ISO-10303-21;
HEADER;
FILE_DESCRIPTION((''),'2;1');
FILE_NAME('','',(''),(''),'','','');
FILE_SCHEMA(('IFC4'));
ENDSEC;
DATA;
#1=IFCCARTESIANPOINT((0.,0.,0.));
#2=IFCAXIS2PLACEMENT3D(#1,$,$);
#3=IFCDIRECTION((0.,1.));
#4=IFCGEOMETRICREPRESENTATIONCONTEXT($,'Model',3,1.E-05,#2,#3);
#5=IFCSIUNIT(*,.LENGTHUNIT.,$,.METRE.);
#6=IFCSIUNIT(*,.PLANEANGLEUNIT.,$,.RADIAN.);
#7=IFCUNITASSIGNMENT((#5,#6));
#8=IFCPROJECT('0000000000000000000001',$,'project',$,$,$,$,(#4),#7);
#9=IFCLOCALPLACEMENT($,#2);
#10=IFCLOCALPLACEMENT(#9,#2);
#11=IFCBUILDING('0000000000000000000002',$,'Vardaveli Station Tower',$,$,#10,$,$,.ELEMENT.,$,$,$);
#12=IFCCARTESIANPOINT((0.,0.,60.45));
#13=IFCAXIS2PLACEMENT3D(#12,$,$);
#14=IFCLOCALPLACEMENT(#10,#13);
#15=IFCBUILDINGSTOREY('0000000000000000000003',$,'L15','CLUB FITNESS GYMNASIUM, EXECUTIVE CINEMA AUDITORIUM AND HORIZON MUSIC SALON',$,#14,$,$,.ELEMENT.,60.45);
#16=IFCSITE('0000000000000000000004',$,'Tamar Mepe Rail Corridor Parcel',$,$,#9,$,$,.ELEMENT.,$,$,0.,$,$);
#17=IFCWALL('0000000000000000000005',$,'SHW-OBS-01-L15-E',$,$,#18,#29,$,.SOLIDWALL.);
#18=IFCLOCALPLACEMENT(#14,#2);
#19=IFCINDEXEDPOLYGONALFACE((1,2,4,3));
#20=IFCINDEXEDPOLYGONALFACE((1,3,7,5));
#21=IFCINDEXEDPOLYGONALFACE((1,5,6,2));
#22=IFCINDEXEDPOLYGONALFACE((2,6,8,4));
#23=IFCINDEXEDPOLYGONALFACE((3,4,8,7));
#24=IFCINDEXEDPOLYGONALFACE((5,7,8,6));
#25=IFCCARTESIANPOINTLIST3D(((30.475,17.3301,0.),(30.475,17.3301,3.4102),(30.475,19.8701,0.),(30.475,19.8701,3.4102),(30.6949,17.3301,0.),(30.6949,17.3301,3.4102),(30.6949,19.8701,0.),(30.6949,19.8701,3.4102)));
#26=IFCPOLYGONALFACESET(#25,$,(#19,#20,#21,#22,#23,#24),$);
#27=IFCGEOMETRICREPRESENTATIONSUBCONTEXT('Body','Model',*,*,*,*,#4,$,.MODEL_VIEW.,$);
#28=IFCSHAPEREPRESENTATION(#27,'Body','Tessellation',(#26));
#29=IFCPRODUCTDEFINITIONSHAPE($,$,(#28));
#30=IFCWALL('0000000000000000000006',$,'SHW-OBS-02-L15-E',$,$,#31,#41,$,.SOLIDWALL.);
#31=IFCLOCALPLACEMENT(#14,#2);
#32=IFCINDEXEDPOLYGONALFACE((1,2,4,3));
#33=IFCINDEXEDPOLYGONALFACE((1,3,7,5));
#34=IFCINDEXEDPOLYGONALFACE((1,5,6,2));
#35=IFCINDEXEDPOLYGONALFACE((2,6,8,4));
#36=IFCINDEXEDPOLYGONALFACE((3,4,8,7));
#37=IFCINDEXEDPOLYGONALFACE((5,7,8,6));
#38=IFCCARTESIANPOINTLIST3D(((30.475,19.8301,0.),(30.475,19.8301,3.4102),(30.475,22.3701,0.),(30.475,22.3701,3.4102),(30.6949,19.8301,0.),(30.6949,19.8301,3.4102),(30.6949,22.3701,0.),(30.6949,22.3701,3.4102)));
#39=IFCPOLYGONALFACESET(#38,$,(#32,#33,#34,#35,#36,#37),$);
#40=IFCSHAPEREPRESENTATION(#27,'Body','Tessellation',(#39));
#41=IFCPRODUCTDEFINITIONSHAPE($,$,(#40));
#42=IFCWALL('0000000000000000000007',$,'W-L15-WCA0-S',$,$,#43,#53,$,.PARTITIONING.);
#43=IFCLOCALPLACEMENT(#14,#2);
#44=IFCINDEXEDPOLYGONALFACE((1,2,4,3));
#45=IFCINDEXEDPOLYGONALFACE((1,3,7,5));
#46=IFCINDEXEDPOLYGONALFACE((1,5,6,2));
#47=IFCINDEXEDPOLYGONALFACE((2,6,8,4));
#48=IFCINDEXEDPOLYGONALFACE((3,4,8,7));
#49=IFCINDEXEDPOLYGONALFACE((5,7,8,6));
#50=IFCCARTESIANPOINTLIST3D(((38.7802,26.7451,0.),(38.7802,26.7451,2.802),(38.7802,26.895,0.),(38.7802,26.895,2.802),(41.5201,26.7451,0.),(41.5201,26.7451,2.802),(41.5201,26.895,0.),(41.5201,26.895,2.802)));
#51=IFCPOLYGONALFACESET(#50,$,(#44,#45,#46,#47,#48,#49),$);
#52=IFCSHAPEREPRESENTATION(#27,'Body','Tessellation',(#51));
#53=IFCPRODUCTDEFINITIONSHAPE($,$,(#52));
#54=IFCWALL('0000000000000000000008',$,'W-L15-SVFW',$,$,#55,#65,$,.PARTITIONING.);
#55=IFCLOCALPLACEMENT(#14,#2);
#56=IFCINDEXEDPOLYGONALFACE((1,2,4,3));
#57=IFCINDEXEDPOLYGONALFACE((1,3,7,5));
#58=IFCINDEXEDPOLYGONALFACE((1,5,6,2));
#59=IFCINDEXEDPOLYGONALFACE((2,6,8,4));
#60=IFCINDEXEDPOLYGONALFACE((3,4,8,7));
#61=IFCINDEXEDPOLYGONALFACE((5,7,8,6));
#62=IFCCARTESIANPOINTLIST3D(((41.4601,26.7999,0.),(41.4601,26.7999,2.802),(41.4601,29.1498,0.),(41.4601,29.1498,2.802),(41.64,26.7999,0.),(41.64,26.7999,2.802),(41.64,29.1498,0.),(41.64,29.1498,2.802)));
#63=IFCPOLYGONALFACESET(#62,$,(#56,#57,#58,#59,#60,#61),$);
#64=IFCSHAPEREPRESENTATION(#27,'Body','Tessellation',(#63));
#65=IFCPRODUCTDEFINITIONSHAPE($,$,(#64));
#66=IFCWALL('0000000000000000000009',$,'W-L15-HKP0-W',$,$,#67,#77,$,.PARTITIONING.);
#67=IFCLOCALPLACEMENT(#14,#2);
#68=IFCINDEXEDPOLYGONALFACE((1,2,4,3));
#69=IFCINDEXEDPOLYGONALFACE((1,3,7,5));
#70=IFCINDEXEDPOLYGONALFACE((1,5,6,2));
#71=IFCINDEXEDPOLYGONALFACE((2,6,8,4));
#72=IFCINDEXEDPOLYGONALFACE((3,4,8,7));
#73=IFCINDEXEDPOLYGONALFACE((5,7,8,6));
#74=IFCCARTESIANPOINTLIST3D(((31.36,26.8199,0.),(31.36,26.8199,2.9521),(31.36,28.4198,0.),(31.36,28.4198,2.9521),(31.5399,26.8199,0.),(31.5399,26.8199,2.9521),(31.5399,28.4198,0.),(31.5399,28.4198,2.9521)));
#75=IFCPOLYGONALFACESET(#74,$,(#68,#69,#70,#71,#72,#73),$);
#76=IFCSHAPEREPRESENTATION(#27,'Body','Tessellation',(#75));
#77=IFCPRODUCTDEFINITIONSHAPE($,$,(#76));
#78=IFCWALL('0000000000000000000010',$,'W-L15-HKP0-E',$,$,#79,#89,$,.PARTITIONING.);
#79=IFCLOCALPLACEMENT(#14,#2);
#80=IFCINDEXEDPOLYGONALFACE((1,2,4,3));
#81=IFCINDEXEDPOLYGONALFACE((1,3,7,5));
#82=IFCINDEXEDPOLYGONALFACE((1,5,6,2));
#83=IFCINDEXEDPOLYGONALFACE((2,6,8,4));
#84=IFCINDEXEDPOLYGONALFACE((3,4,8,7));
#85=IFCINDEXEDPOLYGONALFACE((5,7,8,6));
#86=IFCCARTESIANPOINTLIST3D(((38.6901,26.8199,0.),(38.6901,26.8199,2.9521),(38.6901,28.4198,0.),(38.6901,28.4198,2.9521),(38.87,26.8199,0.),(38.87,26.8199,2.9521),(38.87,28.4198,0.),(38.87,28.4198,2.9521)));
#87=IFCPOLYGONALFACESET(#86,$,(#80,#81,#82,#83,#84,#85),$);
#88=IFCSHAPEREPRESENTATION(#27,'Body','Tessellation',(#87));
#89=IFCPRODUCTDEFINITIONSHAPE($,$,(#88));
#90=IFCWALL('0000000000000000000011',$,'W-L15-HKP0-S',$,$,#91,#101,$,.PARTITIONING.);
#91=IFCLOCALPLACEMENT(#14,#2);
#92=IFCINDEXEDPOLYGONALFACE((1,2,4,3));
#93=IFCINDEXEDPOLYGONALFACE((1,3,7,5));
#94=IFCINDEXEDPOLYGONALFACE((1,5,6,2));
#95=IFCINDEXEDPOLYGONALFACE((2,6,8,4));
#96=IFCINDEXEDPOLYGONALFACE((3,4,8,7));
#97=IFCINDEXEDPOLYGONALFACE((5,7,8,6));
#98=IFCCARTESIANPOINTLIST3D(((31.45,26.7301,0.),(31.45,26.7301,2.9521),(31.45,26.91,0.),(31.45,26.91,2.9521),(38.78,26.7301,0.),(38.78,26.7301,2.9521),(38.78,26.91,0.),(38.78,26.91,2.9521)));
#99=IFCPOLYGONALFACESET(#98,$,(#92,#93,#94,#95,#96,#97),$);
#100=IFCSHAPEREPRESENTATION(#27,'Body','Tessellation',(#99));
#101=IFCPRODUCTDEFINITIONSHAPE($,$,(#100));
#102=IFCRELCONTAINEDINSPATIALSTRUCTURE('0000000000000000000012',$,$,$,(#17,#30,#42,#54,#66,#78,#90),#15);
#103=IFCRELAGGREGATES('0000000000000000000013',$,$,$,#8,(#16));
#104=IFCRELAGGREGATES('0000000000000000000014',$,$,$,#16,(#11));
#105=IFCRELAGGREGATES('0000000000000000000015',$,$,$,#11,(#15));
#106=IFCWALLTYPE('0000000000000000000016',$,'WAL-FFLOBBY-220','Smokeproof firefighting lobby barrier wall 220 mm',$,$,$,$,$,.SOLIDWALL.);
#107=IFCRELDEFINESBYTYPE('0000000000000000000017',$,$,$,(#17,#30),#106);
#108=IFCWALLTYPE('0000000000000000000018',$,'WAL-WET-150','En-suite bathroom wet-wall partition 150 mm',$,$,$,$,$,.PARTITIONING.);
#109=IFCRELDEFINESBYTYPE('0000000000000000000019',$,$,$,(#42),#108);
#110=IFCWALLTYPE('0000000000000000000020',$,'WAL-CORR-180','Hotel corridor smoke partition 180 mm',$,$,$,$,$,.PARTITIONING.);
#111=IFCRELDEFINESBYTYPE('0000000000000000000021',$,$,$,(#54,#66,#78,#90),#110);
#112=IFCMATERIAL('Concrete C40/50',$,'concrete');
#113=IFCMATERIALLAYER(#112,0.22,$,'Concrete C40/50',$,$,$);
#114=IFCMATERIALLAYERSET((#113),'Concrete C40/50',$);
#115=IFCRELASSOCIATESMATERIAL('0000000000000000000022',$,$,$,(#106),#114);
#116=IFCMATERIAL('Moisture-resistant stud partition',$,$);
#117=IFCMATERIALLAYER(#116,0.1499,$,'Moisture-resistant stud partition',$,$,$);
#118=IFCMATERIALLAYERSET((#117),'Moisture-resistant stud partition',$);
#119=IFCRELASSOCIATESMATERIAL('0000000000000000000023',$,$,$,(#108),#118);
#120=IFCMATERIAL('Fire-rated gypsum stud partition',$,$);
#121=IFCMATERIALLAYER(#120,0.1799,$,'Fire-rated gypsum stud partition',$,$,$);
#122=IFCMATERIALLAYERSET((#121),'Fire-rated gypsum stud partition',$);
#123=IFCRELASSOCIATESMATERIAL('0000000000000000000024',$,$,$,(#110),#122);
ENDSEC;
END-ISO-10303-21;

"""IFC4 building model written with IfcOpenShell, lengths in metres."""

from ifc_helpers import new_model, si_unit, direction, frame, frame_2d, origin, place, context, subcontext, project, spatial, rectangle, extrude, source, transform, mapped, material, layer, layer_set, type_object, element, save


model = new_model("IFC4")

# Units and contexts
model_context = context("Model", 3, precision=1e-05, world=origin(), true_north=direction((0.0, 1.0)))
body_context = subcontext(model_context, "Body", "Model", "MODEL_VIEW")
ifc_project = project(units=[si_unit("LENGTHUNIT", "METRE"), si_unit("PLANEANGLEUNIT", "RADIAN")], contexts=[model_context])

# Site, building, storey
site_placement = place(None, origin())
site = spatial("IfcSite", under=ifc_project, at=site_placement, Name="Tamar Mepe Rail Corridor Parcel", CompositionType="ELEMENT", RefElevation=0.0)
building_placement = place(site_placement, origin())
building = spatial("IfcBuilding", under=site, at=building_placement, Name="Vardaveli Station Tower", CompositionType="ELEMENT")
storey_placement = place(building_placement, frame((0.0, 0.0, 60.45)))
storey = spatial("IfcBuildingStorey", under=building, at=storey_placement, Name="L15", Description="CLUB FITNESS GYMNASIUM, EXECUTIVE CINEMA AUDITORIUM AND HORIZON MUSIC SALON", CompositionType="ELEMENT", Elevation=60.45)

# Walls
ifc_material_1 = material(Name="Concrete C40/50", Category="concrete")
ifc_layer_1 = layer(ifc_material_1, 0.22, Name="Concrete C40/50")
ifc_layer_set_1 = layer_set([ifc_layer_1], Name="Concrete C40/50")
wall_type_1 = type_object("IfcWallType", Name="WAL-FFLOBBY-220", Description="Smokeproof firefighting lobby barrier wall 220 mm", PredefinedType="SOLIDWALL", material=ifc_layer_set_1)
shared_shape_1 = source(origin(), body_context, "Body", "SweptSolid", [
    extrude(rectangle(XDim=2.54, YDim=0.22, at=frame_2d((1.27, 0.0))), origin(), (0.0, 0.0, 1.0), 3.4102),
])
for number, where, z_axis, x_axis, name in (
    (1, (30.585, 17.3301, 0.0), (0.0, 0.0, 1.0), (0.0, 1.0, 0.0), "SHW-OBS-01-L15-E"),
    (2, (30.585, 19.8301, 0.0), (0.0, 0.0, 1.0), (0.0, 1.0, 0.0), "SHW-OBS-02-L15-E"),
):
    element("IfcWall", number, at=place(storey_placement, frame(where, z_axis=z_axis, x_axis=x_axis)), inside=storey, type_object=wall_type_1, Name=name, PredefinedType="SOLIDWALL", context=body_context, shape_type="MappedRepresentation", body=[
        mapped(shared_shape_1, transform((0.0, 0.0, 0.0), scale=1.0)),
    ])
ifc_material_2 = material(Name="Moisture-resistant stud partition")
ifc_layer_2 = layer(ifc_material_2, 0.1499, Name="Moisture-resistant stud partition")
ifc_layer_set_2 = layer_set([ifc_layer_2], Name="Moisture-resistant stud partition")
wall_type_2 = type_object("IfcWallType", Name="WAL-WET-150", Description="En-suite bathroom wet-wall partition 150 mm", PredefinedType="PARTITIONING", material=ifc_layer_set_2)
shared_shape_2 = source(origin(), body_context, "Body", "SweptSolid", [
    extrude(rectangle(XDim=2.74, YDim=0.1499, at=frame_2d((1.3701, 0.0))), origin(), (0.0, 0.0, 1.0), 2.802),
])
wall_1_placement = place(storey_placement, frame((38.78, 26.8201, 0.0), z_axis=(0.0, 0.0, 1.0), x_axis=(1.0, 0.0, 0.0)))
element("IfcWall", 3, at=wall_1_placement, inside=storey, type_object=wall_type_2, Name="W-L15-WCA0-S", PredefinedType="PARTITIONING", context=body_context, shape_type="MappedRepresentation", body=[
    mapped(shared_shape_2, transform((0.0, 0.0, 0.0), scale=1.0)),
])
ifc_material_3 = material(Name="Fire-rated gypsum stud partition")
ifc_layer_3 = layer(ifc_material_3, 0.1799, Name="Fire-rated gypsum stud partition")
ifc_layer_set_3 = layer_set([ifc_layer_3], Name="Fire-rated gypsum stud partition")
wall_type_3 = type_object("IfcWallType", Name="WAL-CORR-180", Description="Hotel corridor smoke partition 180 mm", PredefinedType="PARTITIONING", material=ifc_layer_set_3)
shared_shape_3 = source(origin(), body_context, "Body", "SweptSolid", [
    extrude(rectangle(XDim=2.3499, YDim=0.1799, at=frame_2d((1.1748, 0.0))), origin(), (0.0, 0.0, 1.0), 2.802),
])
wall_2_placement = place(storey_placement, frame((41.55, 26.8, 0.0), z_axis=(0.0, 0.0, 1.0), x_axis=(0.0, 1.0, 0.0)))
element("IfcWall", 4, at=wall_2_placement, inside=storey, type_object=wall_type_3, Name="W-L15-SVFW", PredefinedType="PARTITIONING", context=body_context, shape_type="MappedRepresentation", body=[
    mapped(shared_shape_3, transform((0.0, 0.0, 0.0), scale=1.0)),
])
shared_shape_4 = source(origin(), body_context, "Body", "SweptSolid", [
    extrude(rectangle(XDim=1.5999, YDim=0.1799, at=frame_2d((0.7998, 0.0))), origin(), (0.0, 0.0, 1.0), 2.9521),
])
for number, where, z_axis, x_axis, name in (
    (5, (31.45, 26.8201, 0.0), (0.0, 0.0, 1.0), (0.0, 1.0, 0.0), "W-L15-HKP0-W"),
    (6, (38.78, 26.8201, 0.0), (0.0, 0.0, 1.0), (0.0, 1.0, 0.0), "W-L15-HKP0-E"),
):
    element("IfcWall", number, at=place(storey_placement, frame(where, z_axis=z_axis, x_axis=x_axis)), inside=storey, type_object=wall_type_3, Name=name, PredefinedType="PARTITIONING", context=body_context, shape_type="MappedRepresentation", body=[
        mapped(shared_shape_4, transform((0.0, 0.0, 0.0), scale=1.0)),
    ])
shared_shape_5 = source(origin(), body_context, "Body", "SweptSolid", [
    extrude(rectangle(XDim=7.3301, YDim=0.1799, at=frame_2d((3.665, 0.0))), origin(), (0.0, 0.0, 1.0), 2.9521),
])
wall_3_placement = place(storey_placement, frame((31.45, 26.8201, 0.0), z_axis=(0.0, 0.0, 1.0), x_axis=(1.0, 0.0, 0.0)))
element("IfcWall", 7, at=wall_3_placement, inside=storey, type_object=wall_type_3, Name="W-L15-HKP0-S", PredefinedType="PARTITIONING", context=body_context, shape_type="MappedRepresentation", body=[
    mapped(shared_shape_5, transform((0.0, 0.0, 0.0), scale=1.0)),
])

save(model, "model.ifc")
